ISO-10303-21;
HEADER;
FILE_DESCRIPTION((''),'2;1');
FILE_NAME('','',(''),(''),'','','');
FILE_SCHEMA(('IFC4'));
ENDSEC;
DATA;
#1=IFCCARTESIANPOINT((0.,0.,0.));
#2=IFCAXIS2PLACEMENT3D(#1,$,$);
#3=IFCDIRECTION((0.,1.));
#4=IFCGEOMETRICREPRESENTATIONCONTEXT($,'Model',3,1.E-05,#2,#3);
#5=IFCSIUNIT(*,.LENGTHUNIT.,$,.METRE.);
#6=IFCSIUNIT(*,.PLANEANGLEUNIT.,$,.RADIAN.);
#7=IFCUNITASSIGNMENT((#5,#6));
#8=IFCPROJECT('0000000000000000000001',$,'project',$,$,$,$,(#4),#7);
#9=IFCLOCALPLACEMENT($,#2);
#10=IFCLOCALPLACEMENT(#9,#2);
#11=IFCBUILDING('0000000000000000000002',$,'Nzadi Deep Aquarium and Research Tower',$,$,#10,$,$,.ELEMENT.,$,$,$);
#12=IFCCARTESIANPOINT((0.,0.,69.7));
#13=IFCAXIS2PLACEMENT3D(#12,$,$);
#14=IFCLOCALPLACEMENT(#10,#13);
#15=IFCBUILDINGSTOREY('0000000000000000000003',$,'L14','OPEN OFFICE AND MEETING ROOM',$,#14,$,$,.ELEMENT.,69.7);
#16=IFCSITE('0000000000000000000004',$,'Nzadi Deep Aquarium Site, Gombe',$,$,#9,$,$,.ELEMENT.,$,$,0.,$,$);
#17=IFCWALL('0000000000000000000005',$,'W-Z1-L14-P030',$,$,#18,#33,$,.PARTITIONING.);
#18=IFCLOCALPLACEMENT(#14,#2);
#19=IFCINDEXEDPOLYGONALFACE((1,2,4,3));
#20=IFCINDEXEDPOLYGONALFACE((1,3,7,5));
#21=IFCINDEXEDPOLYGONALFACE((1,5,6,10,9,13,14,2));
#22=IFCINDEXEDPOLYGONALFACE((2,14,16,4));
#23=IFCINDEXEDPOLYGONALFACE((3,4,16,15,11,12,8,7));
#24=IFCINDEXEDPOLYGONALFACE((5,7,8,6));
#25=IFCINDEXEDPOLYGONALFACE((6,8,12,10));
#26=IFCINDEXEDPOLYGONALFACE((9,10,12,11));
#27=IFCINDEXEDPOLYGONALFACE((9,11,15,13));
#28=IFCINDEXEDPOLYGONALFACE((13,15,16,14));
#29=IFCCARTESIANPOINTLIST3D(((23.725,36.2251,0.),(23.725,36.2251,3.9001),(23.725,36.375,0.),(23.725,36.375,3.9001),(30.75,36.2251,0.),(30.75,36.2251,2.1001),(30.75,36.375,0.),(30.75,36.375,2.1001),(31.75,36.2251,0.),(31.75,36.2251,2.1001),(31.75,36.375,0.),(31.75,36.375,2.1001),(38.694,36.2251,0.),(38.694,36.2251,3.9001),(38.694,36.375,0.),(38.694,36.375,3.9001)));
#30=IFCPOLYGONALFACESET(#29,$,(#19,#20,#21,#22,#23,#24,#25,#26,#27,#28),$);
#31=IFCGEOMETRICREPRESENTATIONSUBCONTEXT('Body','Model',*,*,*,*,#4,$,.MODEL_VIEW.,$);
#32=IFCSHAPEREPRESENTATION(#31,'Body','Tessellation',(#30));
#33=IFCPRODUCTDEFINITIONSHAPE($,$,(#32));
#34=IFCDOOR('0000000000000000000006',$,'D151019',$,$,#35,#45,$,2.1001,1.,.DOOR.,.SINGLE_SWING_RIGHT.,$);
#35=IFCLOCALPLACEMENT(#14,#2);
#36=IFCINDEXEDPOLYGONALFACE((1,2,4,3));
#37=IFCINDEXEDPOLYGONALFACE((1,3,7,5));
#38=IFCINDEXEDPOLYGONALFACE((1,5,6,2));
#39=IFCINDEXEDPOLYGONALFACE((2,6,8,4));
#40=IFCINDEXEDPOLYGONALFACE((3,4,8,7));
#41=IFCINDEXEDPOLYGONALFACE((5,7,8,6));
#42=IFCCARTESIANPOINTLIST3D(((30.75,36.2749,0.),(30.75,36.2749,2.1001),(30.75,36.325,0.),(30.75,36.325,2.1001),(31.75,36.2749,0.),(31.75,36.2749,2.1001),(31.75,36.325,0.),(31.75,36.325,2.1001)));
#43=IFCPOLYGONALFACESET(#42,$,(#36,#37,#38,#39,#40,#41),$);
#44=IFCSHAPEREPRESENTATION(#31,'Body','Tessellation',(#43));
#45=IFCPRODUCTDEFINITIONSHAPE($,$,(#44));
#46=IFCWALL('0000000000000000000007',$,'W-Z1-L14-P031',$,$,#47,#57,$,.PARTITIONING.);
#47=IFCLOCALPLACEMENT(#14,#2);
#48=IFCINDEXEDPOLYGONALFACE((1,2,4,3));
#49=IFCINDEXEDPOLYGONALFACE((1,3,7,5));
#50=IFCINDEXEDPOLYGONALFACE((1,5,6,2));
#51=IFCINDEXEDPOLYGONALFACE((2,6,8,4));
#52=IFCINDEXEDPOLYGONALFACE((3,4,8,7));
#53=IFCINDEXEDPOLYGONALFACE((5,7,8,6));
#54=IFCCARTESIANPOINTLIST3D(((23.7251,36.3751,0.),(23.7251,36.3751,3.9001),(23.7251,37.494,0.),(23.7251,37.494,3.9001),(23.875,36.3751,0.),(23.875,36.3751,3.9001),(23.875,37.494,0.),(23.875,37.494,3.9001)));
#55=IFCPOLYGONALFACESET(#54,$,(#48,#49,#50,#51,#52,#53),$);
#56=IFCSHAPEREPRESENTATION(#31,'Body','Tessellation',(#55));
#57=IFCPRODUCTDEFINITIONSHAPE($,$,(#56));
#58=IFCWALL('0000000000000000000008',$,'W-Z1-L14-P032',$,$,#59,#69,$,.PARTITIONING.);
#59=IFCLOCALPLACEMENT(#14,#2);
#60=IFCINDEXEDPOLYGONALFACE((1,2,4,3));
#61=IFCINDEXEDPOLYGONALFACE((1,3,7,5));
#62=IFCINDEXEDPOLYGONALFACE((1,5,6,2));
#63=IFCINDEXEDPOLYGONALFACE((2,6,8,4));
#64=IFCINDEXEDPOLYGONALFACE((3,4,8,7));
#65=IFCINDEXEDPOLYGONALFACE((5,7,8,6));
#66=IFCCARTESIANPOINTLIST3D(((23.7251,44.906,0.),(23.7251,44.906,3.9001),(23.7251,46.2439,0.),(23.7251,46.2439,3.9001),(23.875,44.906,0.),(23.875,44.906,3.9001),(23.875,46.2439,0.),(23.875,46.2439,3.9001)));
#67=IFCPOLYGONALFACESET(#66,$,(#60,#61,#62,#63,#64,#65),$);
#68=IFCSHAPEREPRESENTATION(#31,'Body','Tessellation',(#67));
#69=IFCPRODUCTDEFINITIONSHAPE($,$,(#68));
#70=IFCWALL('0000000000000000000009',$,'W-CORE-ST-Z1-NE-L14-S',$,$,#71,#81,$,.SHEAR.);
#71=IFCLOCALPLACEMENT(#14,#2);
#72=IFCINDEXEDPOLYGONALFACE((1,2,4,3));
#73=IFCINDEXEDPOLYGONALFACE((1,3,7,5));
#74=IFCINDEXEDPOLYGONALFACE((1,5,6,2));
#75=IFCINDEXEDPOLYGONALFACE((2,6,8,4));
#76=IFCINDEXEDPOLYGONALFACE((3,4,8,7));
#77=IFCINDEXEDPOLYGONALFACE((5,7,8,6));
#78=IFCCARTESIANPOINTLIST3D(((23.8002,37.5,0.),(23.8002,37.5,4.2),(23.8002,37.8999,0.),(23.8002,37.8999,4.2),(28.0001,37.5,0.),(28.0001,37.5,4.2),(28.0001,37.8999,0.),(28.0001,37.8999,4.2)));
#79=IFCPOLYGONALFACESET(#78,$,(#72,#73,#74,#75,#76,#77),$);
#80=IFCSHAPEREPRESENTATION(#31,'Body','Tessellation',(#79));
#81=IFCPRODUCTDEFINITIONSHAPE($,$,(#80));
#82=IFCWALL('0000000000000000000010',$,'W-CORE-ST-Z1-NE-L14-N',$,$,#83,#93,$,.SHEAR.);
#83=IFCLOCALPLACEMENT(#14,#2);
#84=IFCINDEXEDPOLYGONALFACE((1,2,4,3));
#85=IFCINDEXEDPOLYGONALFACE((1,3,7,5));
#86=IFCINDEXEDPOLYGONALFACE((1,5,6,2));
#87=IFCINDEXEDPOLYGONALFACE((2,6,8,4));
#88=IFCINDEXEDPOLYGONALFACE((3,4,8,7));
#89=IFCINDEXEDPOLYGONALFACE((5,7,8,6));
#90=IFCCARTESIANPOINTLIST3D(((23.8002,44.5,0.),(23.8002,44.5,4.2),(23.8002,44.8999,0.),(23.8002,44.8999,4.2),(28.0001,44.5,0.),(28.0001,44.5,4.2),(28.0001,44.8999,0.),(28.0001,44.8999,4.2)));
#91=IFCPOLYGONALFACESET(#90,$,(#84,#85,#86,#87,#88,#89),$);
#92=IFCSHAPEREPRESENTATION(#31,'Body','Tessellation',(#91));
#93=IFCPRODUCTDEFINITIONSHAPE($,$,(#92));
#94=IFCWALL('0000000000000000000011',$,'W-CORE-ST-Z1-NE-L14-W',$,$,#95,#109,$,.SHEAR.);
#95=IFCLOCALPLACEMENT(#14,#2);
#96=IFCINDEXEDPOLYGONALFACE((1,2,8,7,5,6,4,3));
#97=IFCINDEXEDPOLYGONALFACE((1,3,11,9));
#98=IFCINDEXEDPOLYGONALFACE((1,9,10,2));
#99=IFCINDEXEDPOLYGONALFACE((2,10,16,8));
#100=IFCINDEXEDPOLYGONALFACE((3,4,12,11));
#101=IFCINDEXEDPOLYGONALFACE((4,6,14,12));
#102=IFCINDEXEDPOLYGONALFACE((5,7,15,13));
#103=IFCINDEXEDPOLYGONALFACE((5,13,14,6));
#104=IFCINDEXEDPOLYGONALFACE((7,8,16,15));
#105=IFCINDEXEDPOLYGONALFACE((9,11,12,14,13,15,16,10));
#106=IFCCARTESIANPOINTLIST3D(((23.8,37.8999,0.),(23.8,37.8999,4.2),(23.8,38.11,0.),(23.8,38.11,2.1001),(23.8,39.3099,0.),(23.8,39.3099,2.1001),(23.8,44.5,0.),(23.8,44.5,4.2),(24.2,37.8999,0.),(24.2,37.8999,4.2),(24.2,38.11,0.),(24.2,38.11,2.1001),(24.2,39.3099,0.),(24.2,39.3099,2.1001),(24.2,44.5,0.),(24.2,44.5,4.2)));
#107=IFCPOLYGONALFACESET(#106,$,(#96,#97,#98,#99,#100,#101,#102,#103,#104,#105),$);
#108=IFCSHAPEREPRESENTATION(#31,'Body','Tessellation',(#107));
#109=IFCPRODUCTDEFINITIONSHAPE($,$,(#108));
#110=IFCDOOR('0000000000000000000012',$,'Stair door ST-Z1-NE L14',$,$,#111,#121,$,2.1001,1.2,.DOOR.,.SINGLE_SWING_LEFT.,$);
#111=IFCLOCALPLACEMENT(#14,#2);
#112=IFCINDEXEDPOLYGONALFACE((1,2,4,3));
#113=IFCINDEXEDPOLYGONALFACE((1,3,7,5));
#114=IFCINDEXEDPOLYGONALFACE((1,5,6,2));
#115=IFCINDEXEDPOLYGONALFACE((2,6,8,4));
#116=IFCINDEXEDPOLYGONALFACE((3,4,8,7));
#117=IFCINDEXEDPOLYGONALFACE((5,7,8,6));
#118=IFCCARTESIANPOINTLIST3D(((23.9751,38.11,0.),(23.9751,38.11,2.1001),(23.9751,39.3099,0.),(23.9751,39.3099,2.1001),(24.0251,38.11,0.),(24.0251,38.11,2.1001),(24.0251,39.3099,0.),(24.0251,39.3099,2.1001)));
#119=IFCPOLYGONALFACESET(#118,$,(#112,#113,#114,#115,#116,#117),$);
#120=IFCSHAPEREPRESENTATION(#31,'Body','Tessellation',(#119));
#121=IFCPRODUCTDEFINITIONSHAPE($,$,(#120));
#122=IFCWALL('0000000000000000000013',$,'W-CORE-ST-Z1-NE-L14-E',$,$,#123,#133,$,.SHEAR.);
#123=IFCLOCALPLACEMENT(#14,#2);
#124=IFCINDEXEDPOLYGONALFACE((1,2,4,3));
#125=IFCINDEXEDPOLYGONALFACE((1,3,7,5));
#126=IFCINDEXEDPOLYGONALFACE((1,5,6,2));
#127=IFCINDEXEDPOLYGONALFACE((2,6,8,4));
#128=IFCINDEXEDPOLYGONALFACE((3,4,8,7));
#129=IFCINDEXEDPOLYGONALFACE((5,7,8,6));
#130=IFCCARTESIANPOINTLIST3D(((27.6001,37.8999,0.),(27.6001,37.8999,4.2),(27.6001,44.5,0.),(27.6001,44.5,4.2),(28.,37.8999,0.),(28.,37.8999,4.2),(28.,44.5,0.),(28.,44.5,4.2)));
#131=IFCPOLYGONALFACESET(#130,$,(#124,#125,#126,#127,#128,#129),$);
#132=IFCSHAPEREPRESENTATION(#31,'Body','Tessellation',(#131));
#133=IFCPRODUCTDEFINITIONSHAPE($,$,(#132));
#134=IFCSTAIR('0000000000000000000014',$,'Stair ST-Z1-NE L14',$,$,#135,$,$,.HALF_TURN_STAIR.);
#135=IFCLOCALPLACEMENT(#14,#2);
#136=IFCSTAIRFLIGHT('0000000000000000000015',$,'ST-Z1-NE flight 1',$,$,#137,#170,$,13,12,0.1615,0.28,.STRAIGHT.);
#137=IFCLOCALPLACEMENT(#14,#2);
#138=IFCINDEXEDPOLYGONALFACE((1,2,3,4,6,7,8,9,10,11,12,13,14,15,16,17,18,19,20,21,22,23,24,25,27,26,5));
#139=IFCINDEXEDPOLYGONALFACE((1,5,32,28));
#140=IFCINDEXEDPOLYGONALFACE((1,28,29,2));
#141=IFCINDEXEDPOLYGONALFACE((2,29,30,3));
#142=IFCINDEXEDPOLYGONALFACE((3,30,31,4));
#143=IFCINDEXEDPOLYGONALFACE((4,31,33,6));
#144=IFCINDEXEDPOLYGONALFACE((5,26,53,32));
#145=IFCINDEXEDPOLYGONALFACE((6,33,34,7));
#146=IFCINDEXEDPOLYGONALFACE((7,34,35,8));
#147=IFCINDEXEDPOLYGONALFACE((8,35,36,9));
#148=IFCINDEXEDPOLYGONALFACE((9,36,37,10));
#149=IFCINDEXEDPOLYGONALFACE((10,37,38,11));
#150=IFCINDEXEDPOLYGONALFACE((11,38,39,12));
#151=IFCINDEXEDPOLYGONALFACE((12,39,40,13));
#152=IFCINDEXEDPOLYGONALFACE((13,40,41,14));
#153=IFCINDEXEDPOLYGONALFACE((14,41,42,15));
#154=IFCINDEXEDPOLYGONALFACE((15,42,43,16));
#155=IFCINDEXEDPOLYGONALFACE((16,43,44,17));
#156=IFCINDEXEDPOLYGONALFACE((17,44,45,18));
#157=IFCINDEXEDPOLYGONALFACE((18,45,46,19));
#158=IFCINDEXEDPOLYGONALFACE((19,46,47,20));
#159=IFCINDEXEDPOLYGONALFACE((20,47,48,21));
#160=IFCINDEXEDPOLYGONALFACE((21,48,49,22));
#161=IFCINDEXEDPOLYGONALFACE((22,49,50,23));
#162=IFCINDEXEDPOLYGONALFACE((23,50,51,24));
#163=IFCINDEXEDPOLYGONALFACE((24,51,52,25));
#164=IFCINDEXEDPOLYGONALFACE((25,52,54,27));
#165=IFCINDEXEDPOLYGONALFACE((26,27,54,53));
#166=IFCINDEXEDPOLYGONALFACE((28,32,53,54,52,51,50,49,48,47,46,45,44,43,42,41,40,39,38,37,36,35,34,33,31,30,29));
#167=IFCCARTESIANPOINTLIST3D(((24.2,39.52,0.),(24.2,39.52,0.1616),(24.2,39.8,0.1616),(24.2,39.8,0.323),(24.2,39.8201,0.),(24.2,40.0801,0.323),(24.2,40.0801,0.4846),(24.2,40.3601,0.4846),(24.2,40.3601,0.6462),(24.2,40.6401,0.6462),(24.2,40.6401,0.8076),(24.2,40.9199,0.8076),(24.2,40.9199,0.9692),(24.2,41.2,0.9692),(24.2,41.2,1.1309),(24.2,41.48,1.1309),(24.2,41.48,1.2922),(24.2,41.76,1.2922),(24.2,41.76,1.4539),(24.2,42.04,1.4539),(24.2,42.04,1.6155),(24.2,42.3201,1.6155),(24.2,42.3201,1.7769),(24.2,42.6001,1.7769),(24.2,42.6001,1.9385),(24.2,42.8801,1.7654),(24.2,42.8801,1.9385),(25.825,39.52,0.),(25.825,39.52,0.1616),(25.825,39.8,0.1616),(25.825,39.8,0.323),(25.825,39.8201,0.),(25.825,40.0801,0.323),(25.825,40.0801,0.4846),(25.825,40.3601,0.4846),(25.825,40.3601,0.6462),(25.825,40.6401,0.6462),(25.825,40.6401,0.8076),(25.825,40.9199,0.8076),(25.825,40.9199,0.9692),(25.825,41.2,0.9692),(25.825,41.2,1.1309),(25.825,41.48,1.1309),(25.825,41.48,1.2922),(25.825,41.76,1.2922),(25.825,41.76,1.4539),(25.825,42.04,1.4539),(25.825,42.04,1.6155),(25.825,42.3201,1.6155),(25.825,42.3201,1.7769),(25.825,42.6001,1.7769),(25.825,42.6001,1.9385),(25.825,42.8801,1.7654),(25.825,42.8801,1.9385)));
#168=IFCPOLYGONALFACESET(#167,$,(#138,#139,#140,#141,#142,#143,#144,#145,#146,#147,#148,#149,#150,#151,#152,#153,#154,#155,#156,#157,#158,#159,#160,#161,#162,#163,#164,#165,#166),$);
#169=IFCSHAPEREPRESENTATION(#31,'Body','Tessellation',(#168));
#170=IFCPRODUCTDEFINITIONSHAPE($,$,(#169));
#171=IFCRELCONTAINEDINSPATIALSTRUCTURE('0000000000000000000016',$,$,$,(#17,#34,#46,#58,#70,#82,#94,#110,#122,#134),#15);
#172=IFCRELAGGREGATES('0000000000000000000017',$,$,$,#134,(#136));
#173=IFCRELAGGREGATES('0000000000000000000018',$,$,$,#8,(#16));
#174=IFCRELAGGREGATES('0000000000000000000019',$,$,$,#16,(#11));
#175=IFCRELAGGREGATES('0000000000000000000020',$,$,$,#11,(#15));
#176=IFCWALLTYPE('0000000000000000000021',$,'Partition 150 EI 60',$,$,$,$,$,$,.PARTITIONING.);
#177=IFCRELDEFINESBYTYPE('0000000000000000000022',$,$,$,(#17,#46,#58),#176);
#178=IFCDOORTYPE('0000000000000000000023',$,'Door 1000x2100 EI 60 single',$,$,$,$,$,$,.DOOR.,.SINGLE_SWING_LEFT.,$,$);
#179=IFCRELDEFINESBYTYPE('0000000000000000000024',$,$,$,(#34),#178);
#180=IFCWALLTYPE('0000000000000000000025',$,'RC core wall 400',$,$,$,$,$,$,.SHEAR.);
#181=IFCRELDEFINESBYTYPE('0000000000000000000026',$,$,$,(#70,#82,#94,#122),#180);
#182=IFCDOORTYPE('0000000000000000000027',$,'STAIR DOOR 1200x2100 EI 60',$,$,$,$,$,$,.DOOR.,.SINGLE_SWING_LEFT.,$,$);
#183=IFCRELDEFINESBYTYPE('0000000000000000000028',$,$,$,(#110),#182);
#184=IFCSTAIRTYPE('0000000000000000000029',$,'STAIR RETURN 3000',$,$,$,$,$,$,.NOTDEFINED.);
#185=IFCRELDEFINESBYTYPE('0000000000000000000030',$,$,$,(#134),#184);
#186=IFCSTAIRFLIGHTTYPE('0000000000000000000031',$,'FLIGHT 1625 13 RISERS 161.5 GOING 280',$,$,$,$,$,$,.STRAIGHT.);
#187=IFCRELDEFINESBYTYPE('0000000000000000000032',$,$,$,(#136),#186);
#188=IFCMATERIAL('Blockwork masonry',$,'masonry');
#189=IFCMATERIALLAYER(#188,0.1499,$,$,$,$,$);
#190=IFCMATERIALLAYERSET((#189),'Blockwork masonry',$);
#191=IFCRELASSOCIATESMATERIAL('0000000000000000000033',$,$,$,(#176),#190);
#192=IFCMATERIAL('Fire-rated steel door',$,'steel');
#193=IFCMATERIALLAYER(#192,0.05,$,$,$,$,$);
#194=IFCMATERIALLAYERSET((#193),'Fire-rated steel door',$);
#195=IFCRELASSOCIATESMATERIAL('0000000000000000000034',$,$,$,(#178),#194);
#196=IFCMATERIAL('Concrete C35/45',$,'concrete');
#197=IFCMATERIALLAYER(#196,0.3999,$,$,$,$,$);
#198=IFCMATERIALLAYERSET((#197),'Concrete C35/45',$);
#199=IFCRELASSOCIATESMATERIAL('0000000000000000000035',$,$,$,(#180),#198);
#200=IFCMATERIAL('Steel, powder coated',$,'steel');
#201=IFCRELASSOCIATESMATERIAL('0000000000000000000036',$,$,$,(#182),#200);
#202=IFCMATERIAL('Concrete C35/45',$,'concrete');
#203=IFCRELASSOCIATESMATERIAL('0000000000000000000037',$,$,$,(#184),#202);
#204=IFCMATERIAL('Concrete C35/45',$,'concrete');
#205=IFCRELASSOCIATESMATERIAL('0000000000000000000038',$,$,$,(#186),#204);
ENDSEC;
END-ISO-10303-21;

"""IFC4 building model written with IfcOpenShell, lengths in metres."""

from ifc_helpers import new_model, si_unit, direction, frame, frame_2d, origin, place, context, subcontext, project, spatial, polyline, rectangle, outline, extrude, material, layer, layer_set, type_object, element, fill, aggregate, save


model = new_model("IFC4")

# Units and contexts
model_context = context("Model", 3, precision=1e-05, world=origin(), true_north=direction((0.0, 1.0)))
body_context = subcontext(model_context, "Body", "Model", "MODEL_VIEW")
ifc_project = project(units=[si_unit("LENGTHUNIT", "METRE"), si_unit("PLANEANGLEUNIT", "RADIAN")], contexts=[model_context])

# Site, building, storey
site_placement = place(None, origin())
site = spatial("IfcSite", under=ifc_project, at=site_placement, Name="Nzadi Deep Aquarium Site, Gombe", CompositionType="ELEMENT", RefElevation=0.0)
building_placement = place(site_placement, origin())
building = spatial("IfcBuilding", under=site, at=building_placement, Name="Nzadi Deep Aquarium and Research Tower", CompositionType="ELEMENT")
storey_placement = place(building_placement, frame((0.0, 0.0, 69.7)))
storey = spatial("IfcBuildingStorey", under=building, at=storey_placement, Name="L14", Description="OPEN OFFICE AND MEETING ROOM", CompositionType="ELEMENT", Elevation=69.7)

# Wall, opening, door
ifc_material_1 = material(Name="Blockwork masonry", Category="masonry")
ifc_layer_1 = layer(ifc_material_1, 0.1499)
ifc_layer_set_1 = layer_set([ifc_layer_1], Name="Blockwork masonry")
wall_type_1 = type_object("IfcWallType", Name="Partition 150 EI 60", PredefinedType="PARTITIONING", material=ifc_layer_set_1)
ifc_material_2 = material(Name="Fire-rated steel door", Category="steel")
ifc_layer_2 = layer(ifc_material_2, 0.05)
ifc_layer_set_2 = layer_set([ifc_layer_2], Name="Fire-rated steel door")
door_type_1 = type_object("IfcDoorType", Name="Door 1000x2100 EI 60 single", OperationType="SINGLE_SWING_LEFT", PredefinedType="DOOR", material=ifc_layer_set_2)
wall_1_placement = place(storey_placement, frame((23.7251, 36.3, 0.0), z_axis=(0.0, 0.0, 1.0), x_axis=(1.0, 0.0, 0.0)))
wall_1 = element("IfcWall", 1, at=wall_1_placement, inside=storey, type_object=wall_type_1, Name="W-Z1-L14-P030", PredefinedType="PARTITIONING", context=body_context, shape_type="SweptSolid", body=[
    extrude(rectangle(XDim=14.969, YDim=0.1499, at=frame_2d((7.4844, 0.0))), origin(), (0.0, 0.0, 1.0), 3.9001),
])
opening_1_placement = place(wall_1_placement, frame((7.0249, 0.0, 0.0)))
opening_1 = element("IfcOpeningElement", 2, at=opening_1_placement, cuts=wall_1, PredefinedType="OPENING", context=body_context, shape_type="SweptSolid", body=[
    extrude(rectangle(XDim=1.0, YDim=2.1001, at=frame_2d((0.5, 1.05))), frame((0.0, 0.085, 0.0), z_axis=(0.0, -1.0, 0.0), x_axis=(1.0, 0.0, 0.0)), (0.0, 0.0, 1.0), 0.1699),
])
door_1_placement = place(opening_1_placement, origin())
door_1 = element("IfcDoor", 3, at=door_1_placement, inside=storey, type_object=door_type_1, Name="D151019", OperationType="SINGLE_SWING_RIGHT", OverallHeight=2.1001, OverallWidth=1.0, PredefinedType="DOOR", context=body_context, shape_type="SweptSolid", body=[
    extrude(rectangle(XDim=1.0, YDim=2.1001, at=frame_2d((0.5, 1.05))), frame((0.0, 0.0249, 0.0), z_axis=(0.0, -1.0, 0.0), x_axis=(1.0, 0.0, 0.0)), (0.0, 0.0, 1.0), 0.05),
])
fill(opening_1, door_1)

# Walls
wall_2_placement = place(storey_placement, frame((23.8, 36.375, 0.0), z_axis=(0.0, 0.0, 1.0), x_axis=(0.0, 1.0, 0.0)))
element("IfcWall", 4, at=wall_2_placement, inside=storey, type_object=wall_type_1, Name="W-Z1-L14-P031", PredefinedType="PARTITIONING", context=body_context, shape_type="SweptSolid", body=[
    extrude(rectangle(XDim=1.1189, YDim=0.1499, at=frame_2d((0.5596, 0.0))), origin(), (0.0, 0.0, 1.0), 3.9001),
])
wall_3_placement = place(storey_placement, frame((23.8, 44.906, 0.0), z_axis=(0.0, 0.0, 1.0), x_axis=(0.0, 1.0, 0.0)))
element("IfcWall", 5, at=wall_3_placement, inside=storey, type_object=wall_type_1, Name="W-Z1-L14-P032", PredefinedType="PARTITIONING", context=body_context, shape_type="SweptSolid", body=[
    extrude(rectangle(XDim=1.3379, YDim=0.1499, at=frame_2d((0.6689, 0.0))), origin(), (0.0, 0.0, 1.0), 3.9001),
])
ifc_material_3 = material(Name="Concrete C35/45", Category="concrete")
ifc_layer_3 = layer(ifc_material_3, 0.3999)
ifc_layer_set_3 = layer_set([ifc_layer_3], Name="Concrete C35/45")
wall_type_2 = type_object("IfcWallType", Name="RC core wall 400", PredefinedType="SHEAR", material=ifc_layer_set_3)
for number, where, z_axis, x_axis, name in (
    (6, (23.8, 37.7, 0.0), (0.0, 0.0, 1.0), (1.0, 0.0, 0.0), "W-CORE-ST-Z1-NE-L14-S"),
    (7, (23.8, 44.7, 0.0), (0.0, 0.0, 1.0), (1.0, 0.0, 0.0), "W-CORE-ST-Z1-NE-L14-N"),
):
    element("IfcWall", number, at=place(storey_placement, frame(where, z_axis=z_axis, x_axis=x_axis)), inside=storey, type_object=wall_type_2, Name=name, PredefinedType="SHEAR", context=body_context, shape_type="SweptSolid", body=[
        extrude(rectangle(XDim=4.2, YDim=0.3999, at=frame_2d((2.1001, 0.0))), origin(), (0.0, 0.0, 1.0), 4.2),
    ])

# Wall, opening, door
wall_4_placement = place(storey_placement, frame((24.0, 37.8999, 0.0), z_axis=(0.0, 0.0, 1.0), x_axis=(0.0, 1.0, 0.0)))
wall_4 = element("IfcWall", 8, at=wall_4_placement, inside=storey, type_object=wall_type_2, Name="W-CORE-ST-Z1-NE-L14-W", PredefinedType="SHEAR", context=body_context, shape_type="SweptSolid", body=[
    extrude(rectangle(XDim=6.6001, YDim=0.3999, at=frame_2d((3.3, 0.0))), origin(), (0.0, 0.0, 1.0), 4.2),
])
opening_2_placement = place(wall_4_placement, frame((0.21, 0.0, 0.0)))
opening_2 = element("IfcOpeningElement", 9, at=opening_2_placement, cuts=wall_4, PredefinedType="OPENING", context=body_context, shape_type="SweptSolid", body=[
    extrude(rectangle(XDim=1.2, YDim=2.1001, at=frame_2d((0.6001, 1.05))), frame((0.0, 0.21, 0.0), z_axis=(0.0, -1.0, 0.0), x_axis=(1.0, 0.0, 0.0)), (0.0, 0.0, 1.0), 0.4199),
])
ifc_material_4 = material(Name="Steel, powder coated", Category="steel")
door_type_2 = type_object("IfcDoorType", Name="STAIR DOOR 1200x2100 EI 60", OperationType="SINGLE_SWING_LEFT", PredefinedType="DOOR", material=ifc_material_4)
door_2_placement = place(opening_2_placement, origin())
door_2 = element("IfcDoor", 10, at=door_2_placement, inside=storey, type_object=door_type_2, Name="Stair door ST-Z1-NE L14", OperationType="SINGLE_SWING_LEFT", OverallHeight=2.1001, OverallWidth=1.2, PredefinedType="DOOR", context=body_context, shape_type="SweptSolid", body=[
    extrude(rectangle(XDim=1.2, YDim=2.1001, at=frame_2d((0.6001, 1.05))), frame((0.0, 0.0249, 0.0), z_axis=(0.0, -1.0, 0.0), x_axis=(1.0, 0.0, 0.0)), (0.0, 0.0, 1.0), 0.05),
])
fill(opening_2, door_2)

# Wall
wall_5_placement = place(storey_placement, frame((27.8, 37.8999, 0.0), z_axis=(0.0, 0.0, 1.0), x_axis=(0.0, 1.0, 0.0)))
element("IfcWall", 11, at=wall_5_placement, inside=storey, type_object=wall_type_2, Name="W-CORE-ST-Z1-NE-L14-E", PredefinedType="SHEAR", context=body_context, shape_type="SweptSolid", body=[
    extrude(rectangle(XDim=6.6001, YDim=0.3999, at=frame_2d((3.3, 0.0))), origin(), (0.0, 0.0, 1.0), 4.2),
])

# Stair, stair flight
ifc_material_5 = material(Name="Concrete C35/45", Category="concrete")
stair_type = type_object("IfcStairType", Name="STAIR RETURN 3000", PredefinedType="NOTDEFINED", material=ifc_material_5)
stair_placement = place(storey_placement, origin())
stair = element("IfcStair", 12, at=stair_placement, inside=storey, type_object=stair_type, Name="Stair ST-Z1-NE L14", PredefinedType="HALF_TURN_STAIR")
ifc_material_6 = material(Name="Concrete C35/45", Category="concrete")
stair_flight_type = type_object("IfcStairFlightType", Name="FLIGHT 1625 13 RISERS 161.5 GOING 280", PredefinedType="STRAIGHT", material=ifc_material_6)
stair_flight_1_placement = place(storey_placement, frame((25.0125, 39.52, 0.0), z_axis=(0.0, 0.0, 1.0), x_axis=(0.0, 1.0, 0.0)))
stair_flight_1 = element("IfcStairFlight", 13, at=stair_flight_1_placement, type_object=stair_flight_type, Name="ST-Z1-NE flight 1", NumberOfRisers=13, NumberOfTreads=12, PredefinedType="STRAIGHT", RiserHeight=0.1615, TreadLength=0.28, context=body_context, shape_type="SweptSolid", body=[
    extrude(outline(polyline([(0.0, 0.0), (0.0, 0.1616), (0.28, 0.1616), (0.28, 0.323), (0.5601, 0.323), (0.5601, 0.4846), (0.8401, 0.4846), (0.8401, 0.6462), (1.1201, 0.6462), (1.1201, 0.8076), (1.3999, 0.8076), (1.3999, 0.9692), (1.6799, 0.9692), (1.6799, 1.1309), (1.96, 1.1309), (1.96, 1.2922), (2.24, 1.2922), (2.24, 1.4539), (2.52, 1.4539), (2.52, 1.6155), (2.8, 1.6155), (2.8, 1.7769), (3.0801, 1.7769), (3.0801, 1.9385), (3.3601, 1.9385), (3.3601, 2.1001), (3.3601, 1.7654), (0.3, 0.0), (0.0, 0.0)])), frame((0.0, 0.8125, 0.0), z_axis=(0.0, -1.0, 0.0), x_axis=(1.0, 0.0, 0.0)), (0.0, 0.0, 1.0), 1.625),
])
aggregate(stair, [stair_flight_1])

save(model, "model.ifc")
